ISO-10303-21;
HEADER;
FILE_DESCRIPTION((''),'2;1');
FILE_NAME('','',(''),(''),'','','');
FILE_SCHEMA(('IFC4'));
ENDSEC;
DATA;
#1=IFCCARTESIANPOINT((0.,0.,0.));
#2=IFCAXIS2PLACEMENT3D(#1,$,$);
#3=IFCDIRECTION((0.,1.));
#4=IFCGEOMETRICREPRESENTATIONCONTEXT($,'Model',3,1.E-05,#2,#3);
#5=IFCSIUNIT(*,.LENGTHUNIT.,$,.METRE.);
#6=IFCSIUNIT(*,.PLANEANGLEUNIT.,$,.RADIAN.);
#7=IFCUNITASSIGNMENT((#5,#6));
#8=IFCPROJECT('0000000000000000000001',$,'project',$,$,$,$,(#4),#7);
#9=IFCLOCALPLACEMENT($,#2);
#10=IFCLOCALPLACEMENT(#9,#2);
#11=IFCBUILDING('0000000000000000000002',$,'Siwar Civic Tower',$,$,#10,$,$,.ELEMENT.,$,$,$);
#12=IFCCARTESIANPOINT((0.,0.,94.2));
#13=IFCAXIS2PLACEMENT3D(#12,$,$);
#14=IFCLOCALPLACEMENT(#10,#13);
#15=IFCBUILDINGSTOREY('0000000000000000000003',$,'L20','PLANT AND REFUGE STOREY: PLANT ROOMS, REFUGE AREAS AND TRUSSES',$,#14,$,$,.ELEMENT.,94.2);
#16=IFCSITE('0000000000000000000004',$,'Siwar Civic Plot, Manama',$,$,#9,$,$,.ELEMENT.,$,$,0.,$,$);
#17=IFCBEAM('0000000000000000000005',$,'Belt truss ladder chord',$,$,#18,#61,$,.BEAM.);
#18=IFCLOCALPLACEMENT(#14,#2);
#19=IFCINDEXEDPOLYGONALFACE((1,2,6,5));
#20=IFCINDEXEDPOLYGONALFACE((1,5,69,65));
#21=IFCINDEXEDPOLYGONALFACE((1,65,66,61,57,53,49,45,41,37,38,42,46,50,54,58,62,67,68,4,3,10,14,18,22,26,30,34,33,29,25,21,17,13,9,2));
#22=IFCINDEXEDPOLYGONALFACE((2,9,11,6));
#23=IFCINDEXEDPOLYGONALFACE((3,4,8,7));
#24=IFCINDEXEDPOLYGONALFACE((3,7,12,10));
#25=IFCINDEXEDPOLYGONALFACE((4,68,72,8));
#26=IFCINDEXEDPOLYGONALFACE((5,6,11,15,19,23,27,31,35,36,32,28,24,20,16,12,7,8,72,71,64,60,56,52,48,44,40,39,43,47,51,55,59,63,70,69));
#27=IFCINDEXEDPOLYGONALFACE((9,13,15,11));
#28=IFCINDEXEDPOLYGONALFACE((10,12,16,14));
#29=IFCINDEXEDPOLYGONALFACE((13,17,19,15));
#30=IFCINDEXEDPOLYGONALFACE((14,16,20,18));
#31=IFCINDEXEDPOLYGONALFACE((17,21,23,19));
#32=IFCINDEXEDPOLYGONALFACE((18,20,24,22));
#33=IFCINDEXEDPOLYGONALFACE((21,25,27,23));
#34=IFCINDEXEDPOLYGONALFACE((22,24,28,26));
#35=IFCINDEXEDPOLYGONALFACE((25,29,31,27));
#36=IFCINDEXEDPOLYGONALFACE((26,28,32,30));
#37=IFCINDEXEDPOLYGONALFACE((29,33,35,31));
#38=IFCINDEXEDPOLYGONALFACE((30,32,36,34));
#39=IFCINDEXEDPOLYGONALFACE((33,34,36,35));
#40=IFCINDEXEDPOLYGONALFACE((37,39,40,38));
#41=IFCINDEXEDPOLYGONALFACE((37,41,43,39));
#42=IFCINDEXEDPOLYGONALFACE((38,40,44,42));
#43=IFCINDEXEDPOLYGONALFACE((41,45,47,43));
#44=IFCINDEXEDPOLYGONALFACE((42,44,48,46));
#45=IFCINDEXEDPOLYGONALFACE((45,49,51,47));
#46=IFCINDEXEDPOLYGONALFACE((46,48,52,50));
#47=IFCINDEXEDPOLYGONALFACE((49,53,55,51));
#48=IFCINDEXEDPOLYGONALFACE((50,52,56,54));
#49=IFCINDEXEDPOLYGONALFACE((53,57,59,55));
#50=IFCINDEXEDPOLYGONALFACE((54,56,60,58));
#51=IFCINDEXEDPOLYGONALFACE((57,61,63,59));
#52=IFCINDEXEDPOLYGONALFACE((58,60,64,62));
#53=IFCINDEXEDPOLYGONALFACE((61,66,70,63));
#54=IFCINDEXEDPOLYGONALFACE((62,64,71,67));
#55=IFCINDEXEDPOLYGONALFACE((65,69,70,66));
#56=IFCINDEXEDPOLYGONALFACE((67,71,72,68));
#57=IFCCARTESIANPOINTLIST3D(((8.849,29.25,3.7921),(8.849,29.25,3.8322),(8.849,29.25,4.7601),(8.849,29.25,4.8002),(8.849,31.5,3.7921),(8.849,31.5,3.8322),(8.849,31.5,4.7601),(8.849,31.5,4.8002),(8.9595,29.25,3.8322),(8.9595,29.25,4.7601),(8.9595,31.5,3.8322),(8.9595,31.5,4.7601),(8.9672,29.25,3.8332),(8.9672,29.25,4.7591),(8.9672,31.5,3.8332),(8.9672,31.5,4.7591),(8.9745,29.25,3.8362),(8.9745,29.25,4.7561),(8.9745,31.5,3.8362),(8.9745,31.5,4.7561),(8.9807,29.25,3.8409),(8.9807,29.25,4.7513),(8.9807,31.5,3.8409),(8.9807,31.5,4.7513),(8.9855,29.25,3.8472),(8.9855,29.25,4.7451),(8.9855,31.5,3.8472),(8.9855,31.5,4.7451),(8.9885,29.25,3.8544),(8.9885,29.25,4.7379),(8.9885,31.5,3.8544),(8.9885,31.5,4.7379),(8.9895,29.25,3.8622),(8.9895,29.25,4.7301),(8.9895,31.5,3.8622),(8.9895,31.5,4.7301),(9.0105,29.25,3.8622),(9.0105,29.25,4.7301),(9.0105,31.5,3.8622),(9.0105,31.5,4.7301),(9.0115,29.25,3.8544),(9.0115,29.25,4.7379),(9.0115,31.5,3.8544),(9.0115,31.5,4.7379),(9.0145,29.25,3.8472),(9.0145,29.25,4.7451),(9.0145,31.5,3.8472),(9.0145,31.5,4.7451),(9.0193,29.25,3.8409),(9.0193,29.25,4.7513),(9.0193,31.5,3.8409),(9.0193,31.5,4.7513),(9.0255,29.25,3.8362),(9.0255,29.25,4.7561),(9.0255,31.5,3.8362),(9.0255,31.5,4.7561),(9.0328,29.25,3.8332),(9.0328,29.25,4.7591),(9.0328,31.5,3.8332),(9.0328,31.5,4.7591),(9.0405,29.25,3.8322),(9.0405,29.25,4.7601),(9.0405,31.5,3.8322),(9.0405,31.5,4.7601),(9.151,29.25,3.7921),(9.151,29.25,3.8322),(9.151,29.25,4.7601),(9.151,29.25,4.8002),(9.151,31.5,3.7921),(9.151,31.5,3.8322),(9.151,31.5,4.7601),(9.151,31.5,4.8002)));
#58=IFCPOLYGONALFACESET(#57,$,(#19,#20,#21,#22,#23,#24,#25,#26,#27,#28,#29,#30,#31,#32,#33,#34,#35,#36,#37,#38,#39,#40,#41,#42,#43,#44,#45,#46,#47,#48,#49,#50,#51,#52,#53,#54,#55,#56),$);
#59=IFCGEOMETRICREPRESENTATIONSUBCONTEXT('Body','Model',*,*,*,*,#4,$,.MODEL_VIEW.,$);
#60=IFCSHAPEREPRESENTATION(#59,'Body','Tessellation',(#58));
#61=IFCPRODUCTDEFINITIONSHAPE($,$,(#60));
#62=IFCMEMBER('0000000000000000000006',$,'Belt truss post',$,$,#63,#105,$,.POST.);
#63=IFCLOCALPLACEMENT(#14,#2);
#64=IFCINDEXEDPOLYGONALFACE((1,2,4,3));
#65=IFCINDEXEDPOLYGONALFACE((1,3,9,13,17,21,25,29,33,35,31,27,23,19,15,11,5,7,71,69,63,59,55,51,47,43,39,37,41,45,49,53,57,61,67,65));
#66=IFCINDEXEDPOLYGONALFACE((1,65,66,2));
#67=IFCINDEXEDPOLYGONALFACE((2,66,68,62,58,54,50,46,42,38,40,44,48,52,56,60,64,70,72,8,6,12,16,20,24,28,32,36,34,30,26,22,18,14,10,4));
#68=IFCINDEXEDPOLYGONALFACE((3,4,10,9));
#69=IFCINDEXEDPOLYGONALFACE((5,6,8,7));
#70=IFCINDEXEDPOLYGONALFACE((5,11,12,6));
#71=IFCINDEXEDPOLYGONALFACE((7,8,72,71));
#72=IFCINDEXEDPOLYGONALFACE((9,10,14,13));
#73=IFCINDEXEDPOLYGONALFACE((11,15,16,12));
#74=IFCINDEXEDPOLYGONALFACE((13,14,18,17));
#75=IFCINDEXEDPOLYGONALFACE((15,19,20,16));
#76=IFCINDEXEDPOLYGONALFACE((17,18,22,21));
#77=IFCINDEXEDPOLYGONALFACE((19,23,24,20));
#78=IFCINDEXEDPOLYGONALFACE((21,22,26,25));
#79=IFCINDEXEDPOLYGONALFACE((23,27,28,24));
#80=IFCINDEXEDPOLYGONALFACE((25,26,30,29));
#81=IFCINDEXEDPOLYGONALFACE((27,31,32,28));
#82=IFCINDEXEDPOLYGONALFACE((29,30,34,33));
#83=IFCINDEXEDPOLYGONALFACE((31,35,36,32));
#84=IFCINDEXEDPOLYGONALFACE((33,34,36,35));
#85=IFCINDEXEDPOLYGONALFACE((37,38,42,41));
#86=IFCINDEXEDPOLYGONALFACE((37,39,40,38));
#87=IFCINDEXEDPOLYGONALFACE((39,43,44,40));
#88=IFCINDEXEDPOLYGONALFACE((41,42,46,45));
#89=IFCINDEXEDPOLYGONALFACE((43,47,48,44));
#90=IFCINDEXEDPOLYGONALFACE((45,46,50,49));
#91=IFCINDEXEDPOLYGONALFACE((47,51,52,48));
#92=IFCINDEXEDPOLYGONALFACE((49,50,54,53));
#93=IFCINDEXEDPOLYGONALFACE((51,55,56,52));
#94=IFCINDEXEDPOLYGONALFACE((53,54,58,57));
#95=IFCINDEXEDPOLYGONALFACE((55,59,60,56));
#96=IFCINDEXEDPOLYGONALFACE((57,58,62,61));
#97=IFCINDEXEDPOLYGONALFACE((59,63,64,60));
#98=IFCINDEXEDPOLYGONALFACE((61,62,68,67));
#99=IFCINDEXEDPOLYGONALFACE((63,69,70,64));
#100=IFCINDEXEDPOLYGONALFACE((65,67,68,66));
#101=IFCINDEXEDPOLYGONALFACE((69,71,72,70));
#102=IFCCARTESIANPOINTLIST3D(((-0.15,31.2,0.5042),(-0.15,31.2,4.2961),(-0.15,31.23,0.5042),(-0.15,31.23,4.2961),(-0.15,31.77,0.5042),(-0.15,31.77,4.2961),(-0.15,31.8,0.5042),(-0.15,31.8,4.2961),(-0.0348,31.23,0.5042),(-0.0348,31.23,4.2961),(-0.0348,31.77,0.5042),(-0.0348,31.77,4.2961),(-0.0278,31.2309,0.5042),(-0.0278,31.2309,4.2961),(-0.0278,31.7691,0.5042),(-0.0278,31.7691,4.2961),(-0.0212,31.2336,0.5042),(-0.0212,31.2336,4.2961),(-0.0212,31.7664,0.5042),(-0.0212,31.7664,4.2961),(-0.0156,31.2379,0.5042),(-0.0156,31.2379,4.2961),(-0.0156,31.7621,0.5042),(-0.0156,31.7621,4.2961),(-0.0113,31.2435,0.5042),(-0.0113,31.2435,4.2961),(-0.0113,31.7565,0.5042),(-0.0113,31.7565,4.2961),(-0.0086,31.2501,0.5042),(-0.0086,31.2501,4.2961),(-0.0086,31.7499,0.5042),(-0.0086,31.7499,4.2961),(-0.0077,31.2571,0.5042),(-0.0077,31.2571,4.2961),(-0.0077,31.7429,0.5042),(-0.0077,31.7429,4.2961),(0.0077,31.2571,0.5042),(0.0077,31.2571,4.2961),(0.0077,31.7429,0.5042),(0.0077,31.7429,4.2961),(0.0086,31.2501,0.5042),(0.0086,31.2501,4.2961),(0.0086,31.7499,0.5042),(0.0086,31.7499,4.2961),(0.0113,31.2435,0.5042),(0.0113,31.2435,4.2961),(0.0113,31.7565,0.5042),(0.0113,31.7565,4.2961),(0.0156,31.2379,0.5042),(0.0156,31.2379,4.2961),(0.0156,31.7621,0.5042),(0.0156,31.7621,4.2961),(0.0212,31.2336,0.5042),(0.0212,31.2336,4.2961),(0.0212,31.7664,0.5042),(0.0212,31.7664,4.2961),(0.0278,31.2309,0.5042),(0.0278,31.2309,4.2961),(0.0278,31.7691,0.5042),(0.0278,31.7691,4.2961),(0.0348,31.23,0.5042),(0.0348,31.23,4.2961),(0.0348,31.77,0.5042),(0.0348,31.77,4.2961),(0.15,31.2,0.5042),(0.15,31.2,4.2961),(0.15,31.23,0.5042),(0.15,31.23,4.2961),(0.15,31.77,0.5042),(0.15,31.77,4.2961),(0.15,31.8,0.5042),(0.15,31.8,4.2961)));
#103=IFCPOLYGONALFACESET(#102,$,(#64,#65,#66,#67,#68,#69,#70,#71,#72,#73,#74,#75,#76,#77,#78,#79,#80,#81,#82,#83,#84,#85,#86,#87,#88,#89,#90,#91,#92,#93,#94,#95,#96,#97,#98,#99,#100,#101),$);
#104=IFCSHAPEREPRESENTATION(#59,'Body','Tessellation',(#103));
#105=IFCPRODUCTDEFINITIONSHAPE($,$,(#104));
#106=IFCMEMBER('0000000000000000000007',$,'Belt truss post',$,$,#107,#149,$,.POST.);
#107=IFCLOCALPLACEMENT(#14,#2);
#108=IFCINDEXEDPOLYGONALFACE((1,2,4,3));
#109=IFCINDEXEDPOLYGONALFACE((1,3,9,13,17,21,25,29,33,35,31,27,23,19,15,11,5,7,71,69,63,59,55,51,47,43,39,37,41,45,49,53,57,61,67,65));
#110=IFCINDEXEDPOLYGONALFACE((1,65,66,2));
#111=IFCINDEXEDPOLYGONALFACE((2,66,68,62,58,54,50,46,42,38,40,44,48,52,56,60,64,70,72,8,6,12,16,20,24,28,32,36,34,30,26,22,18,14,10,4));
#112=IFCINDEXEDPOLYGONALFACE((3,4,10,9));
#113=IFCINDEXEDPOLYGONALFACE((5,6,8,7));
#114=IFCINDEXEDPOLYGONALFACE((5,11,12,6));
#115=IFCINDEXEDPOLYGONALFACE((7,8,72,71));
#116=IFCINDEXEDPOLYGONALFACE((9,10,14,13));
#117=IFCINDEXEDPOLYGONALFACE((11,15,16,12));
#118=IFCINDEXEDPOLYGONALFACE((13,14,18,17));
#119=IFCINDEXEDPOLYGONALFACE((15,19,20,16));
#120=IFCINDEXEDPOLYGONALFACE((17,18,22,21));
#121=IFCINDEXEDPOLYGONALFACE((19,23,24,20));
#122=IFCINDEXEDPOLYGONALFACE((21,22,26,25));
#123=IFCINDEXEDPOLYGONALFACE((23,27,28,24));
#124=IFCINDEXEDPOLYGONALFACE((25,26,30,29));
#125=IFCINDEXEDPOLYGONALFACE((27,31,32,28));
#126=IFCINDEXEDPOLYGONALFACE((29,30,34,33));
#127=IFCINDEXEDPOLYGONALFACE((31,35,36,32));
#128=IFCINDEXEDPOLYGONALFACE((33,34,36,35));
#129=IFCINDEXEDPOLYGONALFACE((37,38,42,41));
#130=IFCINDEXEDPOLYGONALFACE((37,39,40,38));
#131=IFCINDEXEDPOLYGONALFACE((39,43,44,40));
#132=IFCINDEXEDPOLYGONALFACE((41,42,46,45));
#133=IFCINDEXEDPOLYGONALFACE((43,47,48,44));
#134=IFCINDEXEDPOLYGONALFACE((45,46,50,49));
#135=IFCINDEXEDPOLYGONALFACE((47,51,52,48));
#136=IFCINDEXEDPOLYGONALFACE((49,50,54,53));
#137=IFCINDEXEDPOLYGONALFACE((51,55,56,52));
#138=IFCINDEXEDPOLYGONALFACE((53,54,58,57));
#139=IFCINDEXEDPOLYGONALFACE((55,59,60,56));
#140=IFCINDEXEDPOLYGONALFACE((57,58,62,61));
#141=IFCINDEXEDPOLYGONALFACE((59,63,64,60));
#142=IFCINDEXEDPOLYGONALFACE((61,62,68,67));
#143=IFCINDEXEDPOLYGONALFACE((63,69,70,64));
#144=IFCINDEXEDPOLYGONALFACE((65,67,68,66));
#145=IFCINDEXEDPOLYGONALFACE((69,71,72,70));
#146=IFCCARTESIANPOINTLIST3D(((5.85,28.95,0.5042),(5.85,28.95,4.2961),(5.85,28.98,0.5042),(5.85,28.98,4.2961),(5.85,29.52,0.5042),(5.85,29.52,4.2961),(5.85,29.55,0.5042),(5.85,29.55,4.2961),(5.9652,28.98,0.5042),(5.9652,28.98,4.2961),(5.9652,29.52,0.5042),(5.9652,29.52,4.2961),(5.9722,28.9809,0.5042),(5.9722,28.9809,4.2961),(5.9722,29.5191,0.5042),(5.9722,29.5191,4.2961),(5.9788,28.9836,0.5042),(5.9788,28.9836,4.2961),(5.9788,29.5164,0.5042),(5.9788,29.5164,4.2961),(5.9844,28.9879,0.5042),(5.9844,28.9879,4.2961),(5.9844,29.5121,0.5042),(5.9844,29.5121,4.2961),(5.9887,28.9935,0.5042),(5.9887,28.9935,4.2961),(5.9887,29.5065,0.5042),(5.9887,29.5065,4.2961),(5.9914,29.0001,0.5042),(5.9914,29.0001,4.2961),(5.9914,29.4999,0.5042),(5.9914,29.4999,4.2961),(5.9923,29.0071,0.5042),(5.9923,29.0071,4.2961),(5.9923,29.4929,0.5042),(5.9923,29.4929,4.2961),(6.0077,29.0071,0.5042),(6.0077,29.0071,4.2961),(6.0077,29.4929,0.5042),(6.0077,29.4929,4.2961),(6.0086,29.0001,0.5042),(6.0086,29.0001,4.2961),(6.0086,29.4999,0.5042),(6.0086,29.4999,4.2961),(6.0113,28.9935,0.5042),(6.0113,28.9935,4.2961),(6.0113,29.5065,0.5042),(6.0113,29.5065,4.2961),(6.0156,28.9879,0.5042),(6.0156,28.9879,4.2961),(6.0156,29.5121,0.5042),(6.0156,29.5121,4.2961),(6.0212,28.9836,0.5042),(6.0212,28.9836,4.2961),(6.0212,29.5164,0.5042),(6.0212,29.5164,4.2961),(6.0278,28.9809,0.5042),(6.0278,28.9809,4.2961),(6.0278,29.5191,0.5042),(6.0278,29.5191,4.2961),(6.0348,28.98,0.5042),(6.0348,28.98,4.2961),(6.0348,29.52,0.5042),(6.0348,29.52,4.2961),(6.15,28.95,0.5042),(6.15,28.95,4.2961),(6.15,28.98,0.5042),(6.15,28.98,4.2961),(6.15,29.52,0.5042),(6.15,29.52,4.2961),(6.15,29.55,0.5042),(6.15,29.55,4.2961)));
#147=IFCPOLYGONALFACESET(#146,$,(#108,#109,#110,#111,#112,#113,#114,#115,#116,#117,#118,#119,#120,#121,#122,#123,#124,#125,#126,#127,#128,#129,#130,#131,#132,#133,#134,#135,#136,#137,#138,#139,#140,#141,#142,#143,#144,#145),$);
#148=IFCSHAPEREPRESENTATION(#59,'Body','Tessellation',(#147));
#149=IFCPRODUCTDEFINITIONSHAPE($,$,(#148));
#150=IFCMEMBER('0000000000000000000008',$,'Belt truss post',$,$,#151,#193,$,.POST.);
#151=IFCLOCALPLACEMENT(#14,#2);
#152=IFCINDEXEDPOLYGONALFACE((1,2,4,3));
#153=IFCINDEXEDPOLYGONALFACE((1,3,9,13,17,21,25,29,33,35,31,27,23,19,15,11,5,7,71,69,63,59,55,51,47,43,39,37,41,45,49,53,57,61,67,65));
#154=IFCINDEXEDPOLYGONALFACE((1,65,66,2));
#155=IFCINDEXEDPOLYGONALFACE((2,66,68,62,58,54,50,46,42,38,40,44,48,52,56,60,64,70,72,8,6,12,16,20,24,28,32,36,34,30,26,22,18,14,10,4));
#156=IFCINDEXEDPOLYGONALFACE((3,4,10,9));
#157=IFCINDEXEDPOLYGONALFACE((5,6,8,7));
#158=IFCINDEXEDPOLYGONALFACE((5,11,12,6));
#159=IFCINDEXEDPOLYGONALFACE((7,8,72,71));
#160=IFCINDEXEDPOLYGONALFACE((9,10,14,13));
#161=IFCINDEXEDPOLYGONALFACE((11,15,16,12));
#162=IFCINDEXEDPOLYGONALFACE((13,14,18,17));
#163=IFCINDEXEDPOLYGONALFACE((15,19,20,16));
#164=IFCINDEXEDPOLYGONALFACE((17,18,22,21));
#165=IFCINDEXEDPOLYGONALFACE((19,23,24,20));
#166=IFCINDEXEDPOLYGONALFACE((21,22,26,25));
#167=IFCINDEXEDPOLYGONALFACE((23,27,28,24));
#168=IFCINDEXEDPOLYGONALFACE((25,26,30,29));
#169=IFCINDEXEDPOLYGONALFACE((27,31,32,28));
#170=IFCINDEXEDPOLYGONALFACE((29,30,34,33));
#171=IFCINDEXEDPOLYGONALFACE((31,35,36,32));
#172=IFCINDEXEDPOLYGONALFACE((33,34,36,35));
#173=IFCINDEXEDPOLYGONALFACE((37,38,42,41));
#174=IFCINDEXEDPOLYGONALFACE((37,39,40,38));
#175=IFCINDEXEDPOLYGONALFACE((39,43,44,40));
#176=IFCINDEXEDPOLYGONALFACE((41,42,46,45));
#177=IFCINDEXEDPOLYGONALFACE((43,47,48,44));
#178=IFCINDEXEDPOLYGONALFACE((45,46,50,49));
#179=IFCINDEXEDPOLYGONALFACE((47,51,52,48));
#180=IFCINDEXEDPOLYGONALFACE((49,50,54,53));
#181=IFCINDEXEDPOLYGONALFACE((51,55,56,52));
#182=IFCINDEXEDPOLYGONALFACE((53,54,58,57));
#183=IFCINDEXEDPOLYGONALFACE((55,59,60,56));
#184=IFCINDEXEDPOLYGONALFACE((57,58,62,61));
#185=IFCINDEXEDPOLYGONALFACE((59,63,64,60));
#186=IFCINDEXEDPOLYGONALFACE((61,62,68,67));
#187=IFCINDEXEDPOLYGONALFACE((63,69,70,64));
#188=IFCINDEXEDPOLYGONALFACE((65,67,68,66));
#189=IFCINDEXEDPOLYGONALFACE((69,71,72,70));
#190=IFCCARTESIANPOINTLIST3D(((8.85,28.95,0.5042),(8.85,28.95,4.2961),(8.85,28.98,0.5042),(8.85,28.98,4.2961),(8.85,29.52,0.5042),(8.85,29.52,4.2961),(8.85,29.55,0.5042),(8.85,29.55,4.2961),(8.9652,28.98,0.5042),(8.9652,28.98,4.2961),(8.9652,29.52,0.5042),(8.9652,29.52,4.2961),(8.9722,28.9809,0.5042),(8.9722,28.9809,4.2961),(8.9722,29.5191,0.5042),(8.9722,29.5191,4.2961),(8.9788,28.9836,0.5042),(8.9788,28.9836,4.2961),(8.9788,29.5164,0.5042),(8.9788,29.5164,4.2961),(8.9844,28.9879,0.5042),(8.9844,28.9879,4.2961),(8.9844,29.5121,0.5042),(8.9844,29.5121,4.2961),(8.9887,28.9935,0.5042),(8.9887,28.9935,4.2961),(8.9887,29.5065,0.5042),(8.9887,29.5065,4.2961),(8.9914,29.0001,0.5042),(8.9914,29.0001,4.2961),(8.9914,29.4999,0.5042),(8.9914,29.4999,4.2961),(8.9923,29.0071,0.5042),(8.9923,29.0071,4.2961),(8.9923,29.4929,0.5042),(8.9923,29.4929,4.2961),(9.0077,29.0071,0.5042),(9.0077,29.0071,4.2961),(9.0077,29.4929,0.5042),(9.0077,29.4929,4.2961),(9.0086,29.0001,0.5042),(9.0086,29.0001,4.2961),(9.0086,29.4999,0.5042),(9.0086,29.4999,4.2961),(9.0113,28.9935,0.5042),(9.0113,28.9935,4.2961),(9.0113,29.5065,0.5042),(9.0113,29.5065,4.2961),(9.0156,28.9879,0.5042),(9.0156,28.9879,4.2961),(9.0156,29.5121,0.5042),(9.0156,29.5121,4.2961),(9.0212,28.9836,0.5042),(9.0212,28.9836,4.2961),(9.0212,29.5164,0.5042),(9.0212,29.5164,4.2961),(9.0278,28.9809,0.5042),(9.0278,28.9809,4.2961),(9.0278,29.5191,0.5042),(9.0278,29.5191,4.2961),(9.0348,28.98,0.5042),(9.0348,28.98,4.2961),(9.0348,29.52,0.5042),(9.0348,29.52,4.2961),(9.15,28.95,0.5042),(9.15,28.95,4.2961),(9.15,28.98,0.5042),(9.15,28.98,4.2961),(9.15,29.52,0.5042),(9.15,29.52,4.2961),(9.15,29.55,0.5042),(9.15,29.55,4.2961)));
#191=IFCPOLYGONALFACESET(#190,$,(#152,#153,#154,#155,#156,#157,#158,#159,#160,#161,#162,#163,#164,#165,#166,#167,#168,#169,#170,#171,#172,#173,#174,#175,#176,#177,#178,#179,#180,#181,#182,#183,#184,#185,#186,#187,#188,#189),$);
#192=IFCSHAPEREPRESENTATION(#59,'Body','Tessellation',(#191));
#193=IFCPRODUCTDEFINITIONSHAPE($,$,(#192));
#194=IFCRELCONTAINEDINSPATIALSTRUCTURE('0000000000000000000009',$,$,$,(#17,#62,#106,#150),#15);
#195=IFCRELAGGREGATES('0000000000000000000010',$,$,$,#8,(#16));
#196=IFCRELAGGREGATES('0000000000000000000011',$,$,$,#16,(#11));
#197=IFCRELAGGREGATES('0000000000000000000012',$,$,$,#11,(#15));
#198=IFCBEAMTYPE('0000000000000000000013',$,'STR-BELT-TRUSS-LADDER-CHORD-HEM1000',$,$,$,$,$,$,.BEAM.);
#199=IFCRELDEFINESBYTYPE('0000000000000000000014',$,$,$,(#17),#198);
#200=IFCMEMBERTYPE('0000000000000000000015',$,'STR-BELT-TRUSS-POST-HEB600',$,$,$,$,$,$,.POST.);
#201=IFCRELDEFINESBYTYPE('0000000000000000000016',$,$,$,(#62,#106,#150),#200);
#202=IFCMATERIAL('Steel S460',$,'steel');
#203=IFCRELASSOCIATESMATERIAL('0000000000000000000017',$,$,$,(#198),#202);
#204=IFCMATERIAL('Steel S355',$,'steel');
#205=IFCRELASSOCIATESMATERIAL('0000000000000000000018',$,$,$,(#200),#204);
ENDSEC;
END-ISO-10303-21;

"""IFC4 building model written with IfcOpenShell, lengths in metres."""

from ifc_helpers import new_model, si_unit, direction, frame, origin, origin_2d, place, context, subcontext, project, spatial, i_section, extrude, material, material_profile, profile_set, type_object, element, save


model = new_model("IFC4")

# Units and contexts
model_context = context("Model", 3, precision=1e-05, world=origin(), true_north=direction((0.0, 1.0)))
body_context = subcontext(model_context, "Body", "Model", "MODEL_VIEW")
ifc_project = project(units=[si_unit("LENGTHUNIT", "METRE"), si_unit("PLANEANGLEUNIT", "RADIAN")], contexts=[model_context])

# Site, building, storey
site_placement = place(None, origin())
site = spatial("IfcSite", under=ifc_project, at=site_placement, Name="Siwar Civic Plot, Manama", CompositionType="ELEMENT", RefElevation=0.0)
building_placement = place(site_placement, origin())
building = spatial("IfcBuilding", under=site, at=building_placement, Name="Siwar Civic Tower", CompositionType="ELEMENT")
storey_placement = place(building_placement, frame((0.0, 0.0, 94.2)))
storey = spatial("IfcBuildingStorey", under=building, at=storey_placement, Name="L20", Description="PLANT AND REFUGE STOREY: PLANT ROOMS, REFUGE AREAS AND TRUSSES", CompositionType="ELEMENT", Elevation=94.2)

# Beam
ifc_material_1 = material(Name="Steel S460", Category="steel")
ifc_material_profile_1 = material_profile(ifc_material_1, i_section(OverallWidth=0.302, OverallDepth=1.0081, WebThickness=0.021, FlangeThickness=0.04, FilletRadius=0.03, at=origin_2d()), Name="HEM1000")
ifc_profile_set_1 = profile_set([ifc_material_profile_1], Name="Steel S460")
beam_type_1 = type_object("IfcBeamType", Name="STR-BELT-TRUSS-LADDER-CHORD-HEM1000", PredefinedType="BEAM", material=ifc_profile_set_1)
for number, where, z_axis, x_axis, name in (
    (1, (9.0, 29.25, 4.2961), (0.0, 1.0, 0.0), (-1.0, 0.0, 0.0), "Belt truss ladder chord"),
):
    element("IfcBeam", number, at=place(storey_placement, frame(where, z_axis=z_axis, x_axis=x_axis)), inside=storey, type_object=beam_type_1, Name=name, PredefinedType="BEAM", context=body_context, shape_type="SweptSolid", body=[
        extrude(i_section(OverallWidth=0.302, OverallDepth=1.0081, WebThickness=0.021, FlangeThickness=0.04, FilletRadius=0.03, at=origin_2d()), origin(), (0.0, 0.0, 1.0), 2.25),
    ])

# Members
ifc_material_2 = material(Name="Steel S355", Category="steel")
ifc_material_profile_2 = material_profile(ifc_material_2, i_section(OverallWidth=0.3, OverallDepth=0.6001, WebThickness=0.0154, FlangeThickness=0.03, FilletRadius=0.0271, at=origin_2d()), Name="HEB600")
ifc_profile_set_2 = profile_set([ifc_material_profile_2], Name="Steel S355")
member_type_1 = type_object("IfcMemberType", Name="STR-BELT-TRUSS-POST-HEB600", PredefinedType="POST", material=ifc_profile_set_2)
for number, where, z_axis, x_axis, name in (
    (2, (0.0, 31.5, 0.5042), (0.0, 0.0, 1.0), (1.0, 0.0, 0.0), "Belt truss post"),
    (3, (6.0, 29.25, 0.5042), (0.0, 0.0, 1.0), (1.0, 0.0, 0.0), "Belt truss post"),
    (4, (9.0, 29.25, 0.5042), (0.0, 0.0, 1.0), (1.0, 0.0, 0.0), "Belt truss post"),
):
    element("IfcMember", number, at=place(storey_placement, frame(where, z_axis=z_axis, x_axis=x_axis)), inside=storey, type_object=member_type_1, Name=name, PredefinedType="POST", context=body_context, shape_type="SweptSolid", body=[
        extrude(i_section(OverallWidth=0.3, OverallDepth=0.6001, WebThickness=0.0154, FlangeThickness=0.03, FilletRadius=0.0271, at=origin_2d()), origin(), (0.0, 0.0, 1.0), 3.792),
    ])

save(model, "model.ifc")
